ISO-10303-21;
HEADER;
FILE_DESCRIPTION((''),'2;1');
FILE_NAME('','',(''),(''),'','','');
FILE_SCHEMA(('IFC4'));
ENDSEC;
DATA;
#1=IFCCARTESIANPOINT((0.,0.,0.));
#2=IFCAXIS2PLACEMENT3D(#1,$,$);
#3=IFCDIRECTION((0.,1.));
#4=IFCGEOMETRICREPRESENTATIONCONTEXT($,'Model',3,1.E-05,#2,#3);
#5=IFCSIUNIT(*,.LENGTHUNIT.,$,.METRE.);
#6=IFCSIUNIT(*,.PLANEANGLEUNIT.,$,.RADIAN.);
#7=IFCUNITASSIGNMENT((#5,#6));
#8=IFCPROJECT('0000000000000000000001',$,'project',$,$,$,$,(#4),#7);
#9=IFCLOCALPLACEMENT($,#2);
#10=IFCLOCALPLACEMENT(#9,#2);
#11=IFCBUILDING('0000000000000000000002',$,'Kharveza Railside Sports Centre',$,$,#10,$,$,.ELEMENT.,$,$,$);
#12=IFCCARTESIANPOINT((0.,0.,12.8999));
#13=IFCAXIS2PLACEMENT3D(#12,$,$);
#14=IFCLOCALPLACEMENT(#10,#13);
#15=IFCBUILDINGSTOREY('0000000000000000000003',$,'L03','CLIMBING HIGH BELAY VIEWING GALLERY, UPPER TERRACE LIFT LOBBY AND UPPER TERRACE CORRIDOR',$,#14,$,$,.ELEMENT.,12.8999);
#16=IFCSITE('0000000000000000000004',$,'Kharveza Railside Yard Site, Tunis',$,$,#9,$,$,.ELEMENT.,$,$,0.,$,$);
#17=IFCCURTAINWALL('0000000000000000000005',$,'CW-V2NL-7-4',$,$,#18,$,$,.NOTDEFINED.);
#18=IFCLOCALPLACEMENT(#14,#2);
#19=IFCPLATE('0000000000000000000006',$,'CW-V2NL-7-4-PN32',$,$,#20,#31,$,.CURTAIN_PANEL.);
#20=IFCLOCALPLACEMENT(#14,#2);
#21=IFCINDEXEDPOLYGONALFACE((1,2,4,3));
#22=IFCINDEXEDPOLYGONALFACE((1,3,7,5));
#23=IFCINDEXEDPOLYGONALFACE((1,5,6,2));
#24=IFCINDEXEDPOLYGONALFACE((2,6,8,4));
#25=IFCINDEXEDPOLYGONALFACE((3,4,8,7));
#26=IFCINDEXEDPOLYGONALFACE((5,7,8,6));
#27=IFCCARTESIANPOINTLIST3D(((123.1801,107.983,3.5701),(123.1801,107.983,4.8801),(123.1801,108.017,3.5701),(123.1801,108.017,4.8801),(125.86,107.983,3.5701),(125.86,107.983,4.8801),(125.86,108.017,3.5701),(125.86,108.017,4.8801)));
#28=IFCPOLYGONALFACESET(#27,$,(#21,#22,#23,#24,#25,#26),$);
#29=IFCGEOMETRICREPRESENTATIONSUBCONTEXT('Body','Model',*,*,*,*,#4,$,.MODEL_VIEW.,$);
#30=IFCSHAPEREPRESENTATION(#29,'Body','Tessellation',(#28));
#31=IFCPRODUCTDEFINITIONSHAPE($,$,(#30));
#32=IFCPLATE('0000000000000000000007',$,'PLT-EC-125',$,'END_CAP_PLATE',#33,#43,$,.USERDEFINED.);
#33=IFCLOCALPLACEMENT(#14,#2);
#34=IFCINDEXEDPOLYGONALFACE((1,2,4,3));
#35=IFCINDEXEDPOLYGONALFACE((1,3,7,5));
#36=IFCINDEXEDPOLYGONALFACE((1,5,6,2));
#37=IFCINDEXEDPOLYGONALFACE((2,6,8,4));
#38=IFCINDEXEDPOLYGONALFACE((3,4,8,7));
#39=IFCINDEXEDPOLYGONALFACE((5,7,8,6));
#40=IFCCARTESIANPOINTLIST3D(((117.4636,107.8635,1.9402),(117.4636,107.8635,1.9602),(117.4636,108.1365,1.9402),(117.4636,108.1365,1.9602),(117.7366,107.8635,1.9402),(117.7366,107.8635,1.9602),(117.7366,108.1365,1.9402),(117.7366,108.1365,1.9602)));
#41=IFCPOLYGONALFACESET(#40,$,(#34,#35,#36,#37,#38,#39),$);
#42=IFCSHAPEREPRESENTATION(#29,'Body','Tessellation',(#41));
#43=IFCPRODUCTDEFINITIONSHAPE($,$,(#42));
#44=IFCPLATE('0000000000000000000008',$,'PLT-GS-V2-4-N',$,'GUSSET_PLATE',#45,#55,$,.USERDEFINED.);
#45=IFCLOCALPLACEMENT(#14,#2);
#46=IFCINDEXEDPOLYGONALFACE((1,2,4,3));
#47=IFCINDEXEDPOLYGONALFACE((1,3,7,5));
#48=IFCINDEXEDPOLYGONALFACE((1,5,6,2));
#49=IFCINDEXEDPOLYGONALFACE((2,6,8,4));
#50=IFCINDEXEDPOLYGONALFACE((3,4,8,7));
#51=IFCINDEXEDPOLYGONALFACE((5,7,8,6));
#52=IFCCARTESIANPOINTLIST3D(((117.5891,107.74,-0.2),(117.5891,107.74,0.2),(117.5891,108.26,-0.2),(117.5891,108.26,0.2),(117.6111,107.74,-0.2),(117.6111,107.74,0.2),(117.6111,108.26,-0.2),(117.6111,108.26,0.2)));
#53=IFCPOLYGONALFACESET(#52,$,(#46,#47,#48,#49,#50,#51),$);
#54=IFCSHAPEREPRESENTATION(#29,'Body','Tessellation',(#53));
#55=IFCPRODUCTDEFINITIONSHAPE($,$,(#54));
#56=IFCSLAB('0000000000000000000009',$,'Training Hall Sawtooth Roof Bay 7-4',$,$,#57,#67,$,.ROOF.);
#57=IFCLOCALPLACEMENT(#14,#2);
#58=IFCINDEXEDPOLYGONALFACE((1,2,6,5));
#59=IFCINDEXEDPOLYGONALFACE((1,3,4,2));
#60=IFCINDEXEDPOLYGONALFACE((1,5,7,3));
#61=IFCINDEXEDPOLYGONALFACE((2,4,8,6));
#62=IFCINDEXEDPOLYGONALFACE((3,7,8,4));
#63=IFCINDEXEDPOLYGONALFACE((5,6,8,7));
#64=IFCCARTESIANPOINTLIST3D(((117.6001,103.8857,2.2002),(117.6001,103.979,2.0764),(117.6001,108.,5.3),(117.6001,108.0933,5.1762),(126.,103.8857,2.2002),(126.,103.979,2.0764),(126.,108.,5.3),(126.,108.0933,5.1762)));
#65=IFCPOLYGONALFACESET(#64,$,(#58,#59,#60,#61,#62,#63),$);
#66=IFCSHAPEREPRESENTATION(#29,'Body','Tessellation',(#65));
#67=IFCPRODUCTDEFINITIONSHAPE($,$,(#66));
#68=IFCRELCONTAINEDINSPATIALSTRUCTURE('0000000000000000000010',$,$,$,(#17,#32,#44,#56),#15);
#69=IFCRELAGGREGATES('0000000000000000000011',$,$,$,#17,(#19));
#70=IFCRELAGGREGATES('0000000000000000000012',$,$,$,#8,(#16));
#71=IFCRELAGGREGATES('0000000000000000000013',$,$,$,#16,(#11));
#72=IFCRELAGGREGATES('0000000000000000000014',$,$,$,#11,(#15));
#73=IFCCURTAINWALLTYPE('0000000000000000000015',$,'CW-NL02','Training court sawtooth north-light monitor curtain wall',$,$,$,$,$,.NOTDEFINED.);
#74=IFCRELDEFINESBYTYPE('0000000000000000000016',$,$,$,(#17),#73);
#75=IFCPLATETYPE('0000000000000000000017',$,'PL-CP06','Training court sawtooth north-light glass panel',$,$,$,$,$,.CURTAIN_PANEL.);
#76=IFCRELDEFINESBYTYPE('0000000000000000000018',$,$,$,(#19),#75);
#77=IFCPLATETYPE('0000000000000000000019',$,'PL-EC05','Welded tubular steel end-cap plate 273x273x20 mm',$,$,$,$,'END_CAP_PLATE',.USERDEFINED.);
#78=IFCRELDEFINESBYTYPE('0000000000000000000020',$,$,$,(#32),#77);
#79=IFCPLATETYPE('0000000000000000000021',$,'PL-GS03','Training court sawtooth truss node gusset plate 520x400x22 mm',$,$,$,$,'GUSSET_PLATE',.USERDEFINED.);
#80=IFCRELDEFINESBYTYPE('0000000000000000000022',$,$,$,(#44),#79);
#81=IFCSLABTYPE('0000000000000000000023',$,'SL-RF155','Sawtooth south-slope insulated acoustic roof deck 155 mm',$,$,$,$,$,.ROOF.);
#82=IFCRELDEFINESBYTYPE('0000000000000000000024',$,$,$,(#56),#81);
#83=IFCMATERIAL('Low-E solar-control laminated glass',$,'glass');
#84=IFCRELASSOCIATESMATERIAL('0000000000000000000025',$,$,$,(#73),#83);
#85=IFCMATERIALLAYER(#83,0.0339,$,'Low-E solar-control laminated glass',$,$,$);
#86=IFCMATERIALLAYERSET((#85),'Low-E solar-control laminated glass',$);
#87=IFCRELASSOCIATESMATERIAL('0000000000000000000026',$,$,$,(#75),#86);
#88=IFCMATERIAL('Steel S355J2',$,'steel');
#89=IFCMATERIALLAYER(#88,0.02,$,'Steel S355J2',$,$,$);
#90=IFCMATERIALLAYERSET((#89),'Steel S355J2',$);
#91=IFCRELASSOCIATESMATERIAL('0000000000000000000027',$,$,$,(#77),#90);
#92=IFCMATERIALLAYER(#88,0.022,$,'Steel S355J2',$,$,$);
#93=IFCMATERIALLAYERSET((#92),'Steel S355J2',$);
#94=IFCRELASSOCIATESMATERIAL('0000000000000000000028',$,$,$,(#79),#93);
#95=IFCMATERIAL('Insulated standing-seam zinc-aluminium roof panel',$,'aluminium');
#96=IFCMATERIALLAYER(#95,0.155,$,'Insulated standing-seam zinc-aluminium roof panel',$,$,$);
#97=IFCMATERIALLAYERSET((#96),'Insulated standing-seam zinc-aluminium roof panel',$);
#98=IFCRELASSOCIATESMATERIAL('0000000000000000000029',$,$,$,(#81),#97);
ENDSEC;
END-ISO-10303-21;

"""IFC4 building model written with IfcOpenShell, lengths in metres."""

from ifc_helpers import new_model, si_unit, direction, frame, origin, origin_2d, place, context, subcontext, project, spatial, polyline, rectangle, outline, extrude, material, layer, layer_set, type_object, element, aggregate, save


model = new_model("IFC4")

# Units and contexts
model_context = context("Model", 3, precision=1e-05, world=origin(), true_north=direction((0.0, 1.0)))
body_context = subcontext(model_context, "Body", "Model", "MODEL_VIEW")
ifc_project = project(units=[si_unit("LENGTHUNIT", "METRE"), si_unit("PLANEANGLEUNIT", "RADIAN")], contexts=[model_context])

# Site, building, storey
site_placement = place(None, origin())
site = spatial("IfcSite", under=ifc_project, at=site_placement, Name="Kharveza Railside Yard Site, Tunis", CompositionType="ELEMENT", RefElevation=0.0)
building_placement = place(site_placement, origin())
building = spatial("IfcBuilding", under=site, at=building_placement, Name="Kharveza Railside Sports Centre", CompositionType="ELEMENT")
storey_placement = place(building_placement, frame((0.0, 0.0, 12.8999)))
storey = spatial("IfcBuildingStorey", under=building, at=storey_placement, Name="L03", Description="CLIMBING HIGH BELAY VIEWING GALLERY, UPPER TERRACE LIFT LOBBY AND UPPER TERRACE CORRIDOR", CompositionType="ELEMENT", Elevation=12.8999)

# Shared definitions
ifc_material_1 = material(Name="Steel S355J2", Category="steel")

# Curtain wall
ifc_material_2 = material(Name="Low-E solar-control laminated glass", Category="glass")
curtain_wall_type = type_object("IfcCurtainWallType", Name="CW-NL02", Description="Training court sawtooth north-light monitor curtain wall", PredefinedType="NOTDEFINED", material=ifc_material_2)
curtain_wall_1_placement = place(storey_placement, origin())
curtain_wall_1 = element("IfcCurtainWall", 1, at=curtain_wall_1_placement, inside=storey, type_object=curtain_wall_type, Name="CW-V2NL-7-4", PredefinedType="NOTDEFINED")

# Plate
ifc_layer_1 = layer(ifc_material_2, 0.0339, Name="Low-E solar-control laminated glass")
ifc_layer_set_1 = layer_set([ifc_layer_1], Name="Low-E solar-control laminated glass")
plate_type_1 = type_object("IfcPlateType", Name="PL-CP06", Description="Training court sawtooth north-light glass panel", PredefinedType="CURTAIN_PANEL", material=ifc_layer_set_1)
plate_1_placement = place(storey_placement, frame((124.52, 108.0, 3.5701), z_axis=(0.0, 0.0, 1.0), x_axis=(1.0, 0.0, 0.0)))
plate_1 = element("IfcPlate", 2, at=plate_1_placement, type_object=plate_type_1, Name="CW-V2NL-7-4-PN32", PredefinedType="CURTAIN_PANEL", context=body_context, shape_type="SweptSolid", body=[
    extrude(rectangle(XDim=2.6799, YDim=0.0339, at=origin_2d()), origin(), (0.0, 0.0, 1.0), 1.3101),
])
aggregate(curtain_wall_1, [plate_1])

# Plates
ifc_layer_2 = layer(ifc_material_1, 0.02, Name="Steel S355J2")
ifc_layer_set_2 = layer_set([ifc_layer_2], Name="Steel S355J2")
plate_type_2 = type_object("IfcPlateType", Name="PL-EC05", Description="Welded tubular steel end-cap plate 273x273x20 mm", ElementType="END_CAP_PLATE", PredefinedType="USERDEFINED", material=ifc_layer_set_2)
plate_2_placement = place(storey_placement, frame((117.6001, 108.0, 1.9402), z_axis=(0.0, 0.0, 1.0), x_axis=(1.0, 0.0, 0.0)))
element("IfcPlate", 3, at=plate_2_placement, inside=storey, type_object=plate_type_2, Name="PLT-EC-125", ObjectType="END_CAP_PLATE", PredefinedType="USERDEFINED", context=body_context, shape_type="SweptSolid", body=[
    extrude(rectangle(XDim=0.2729, YDim=0.2729, at=origin_2d()), origin(), (0.0, 0.0, 1.0), 0.02),
])
ifc_layer_3 = layer(ifc_material_1, 0.022, Name="Steel S355J2")
ifc_layer_set_3 = layer_set([ifc_layer_3], Name="Steel S355J2")
plate_type_3 = type_object("IfcPlateType", Name="PL-GS03", Description="Training court sawtooth truss node gusset plate 520x400x22 mm", ElementType="GUSSET_PLATE", PredefinedType="USERDEFINED", material=ifc_layer_set_3)
plate_3_placement = place(storey_placement, frame((117.6001, 108.0, -0.2), z_axis=(0.0, 0.0, 1.0), x_axis=(1.0, 0.0, 0.0)))
element("IfcPlate", 4, at=plate_3_placement, inside=storey, type_object=plate_type_3, Name="PLT-GS-V2-4-N", ObjectType="GUSSET_PLATE", PredefinedType="USERDEFINED", context=body_context, shape_type="SweptSolid", body=[
    extrude(rectangle(XDim=0.022, YDim=0.52, at=origin_2d()), origin(), (0.0, 0.0, 1.0), 0.3999),
])

# Slab
ifc_material_3 = material(Name="Insulated standing-seam zinc-aluminium roof panel", Category="aluminium")
ifc_layer_4 = layer(ifc_material_3, 0.155, Name="Insulated standing-seam zinc-aluminium roof panel")
ifc_layer_set_4 = layer_set([ifc_layer_4], Name="Insulated standing-seam zinc-aluminium roof panel")
slab_type = type_object("IfcSlabType", Name="SL-RF155", Description="Sawtooth south-slope insulated acoustic roof deck 155 mm", PredefinedType="ROOF", material=ifc_layer_set_4)
slab_placement = place(storey_placement, frame((117.6001, 103.8857, 2.2002), z_axis=(0.0, -0.601758, 0.798679), x_axis=(1.0, 0.0, 0.0)))
element("IfcSlab", 5, at=slab_placement, inside=storey, type_object=slab_type, Name="Training Hall Sawtooth Roof Bay 7-4", PredefinedType="ROOF", context=body_context, shape_type="SweptSolid", body=[
    extrude(outline(polyline([(0.0, 0.0), (8.3999, 0.0), (8.3999, 5.1513), (0.0, 5.1513), (0.0, 0.0)])), origin(), (0.0, 0.0, -1.0), 0.155),
])

save(model, "model.ifc")
